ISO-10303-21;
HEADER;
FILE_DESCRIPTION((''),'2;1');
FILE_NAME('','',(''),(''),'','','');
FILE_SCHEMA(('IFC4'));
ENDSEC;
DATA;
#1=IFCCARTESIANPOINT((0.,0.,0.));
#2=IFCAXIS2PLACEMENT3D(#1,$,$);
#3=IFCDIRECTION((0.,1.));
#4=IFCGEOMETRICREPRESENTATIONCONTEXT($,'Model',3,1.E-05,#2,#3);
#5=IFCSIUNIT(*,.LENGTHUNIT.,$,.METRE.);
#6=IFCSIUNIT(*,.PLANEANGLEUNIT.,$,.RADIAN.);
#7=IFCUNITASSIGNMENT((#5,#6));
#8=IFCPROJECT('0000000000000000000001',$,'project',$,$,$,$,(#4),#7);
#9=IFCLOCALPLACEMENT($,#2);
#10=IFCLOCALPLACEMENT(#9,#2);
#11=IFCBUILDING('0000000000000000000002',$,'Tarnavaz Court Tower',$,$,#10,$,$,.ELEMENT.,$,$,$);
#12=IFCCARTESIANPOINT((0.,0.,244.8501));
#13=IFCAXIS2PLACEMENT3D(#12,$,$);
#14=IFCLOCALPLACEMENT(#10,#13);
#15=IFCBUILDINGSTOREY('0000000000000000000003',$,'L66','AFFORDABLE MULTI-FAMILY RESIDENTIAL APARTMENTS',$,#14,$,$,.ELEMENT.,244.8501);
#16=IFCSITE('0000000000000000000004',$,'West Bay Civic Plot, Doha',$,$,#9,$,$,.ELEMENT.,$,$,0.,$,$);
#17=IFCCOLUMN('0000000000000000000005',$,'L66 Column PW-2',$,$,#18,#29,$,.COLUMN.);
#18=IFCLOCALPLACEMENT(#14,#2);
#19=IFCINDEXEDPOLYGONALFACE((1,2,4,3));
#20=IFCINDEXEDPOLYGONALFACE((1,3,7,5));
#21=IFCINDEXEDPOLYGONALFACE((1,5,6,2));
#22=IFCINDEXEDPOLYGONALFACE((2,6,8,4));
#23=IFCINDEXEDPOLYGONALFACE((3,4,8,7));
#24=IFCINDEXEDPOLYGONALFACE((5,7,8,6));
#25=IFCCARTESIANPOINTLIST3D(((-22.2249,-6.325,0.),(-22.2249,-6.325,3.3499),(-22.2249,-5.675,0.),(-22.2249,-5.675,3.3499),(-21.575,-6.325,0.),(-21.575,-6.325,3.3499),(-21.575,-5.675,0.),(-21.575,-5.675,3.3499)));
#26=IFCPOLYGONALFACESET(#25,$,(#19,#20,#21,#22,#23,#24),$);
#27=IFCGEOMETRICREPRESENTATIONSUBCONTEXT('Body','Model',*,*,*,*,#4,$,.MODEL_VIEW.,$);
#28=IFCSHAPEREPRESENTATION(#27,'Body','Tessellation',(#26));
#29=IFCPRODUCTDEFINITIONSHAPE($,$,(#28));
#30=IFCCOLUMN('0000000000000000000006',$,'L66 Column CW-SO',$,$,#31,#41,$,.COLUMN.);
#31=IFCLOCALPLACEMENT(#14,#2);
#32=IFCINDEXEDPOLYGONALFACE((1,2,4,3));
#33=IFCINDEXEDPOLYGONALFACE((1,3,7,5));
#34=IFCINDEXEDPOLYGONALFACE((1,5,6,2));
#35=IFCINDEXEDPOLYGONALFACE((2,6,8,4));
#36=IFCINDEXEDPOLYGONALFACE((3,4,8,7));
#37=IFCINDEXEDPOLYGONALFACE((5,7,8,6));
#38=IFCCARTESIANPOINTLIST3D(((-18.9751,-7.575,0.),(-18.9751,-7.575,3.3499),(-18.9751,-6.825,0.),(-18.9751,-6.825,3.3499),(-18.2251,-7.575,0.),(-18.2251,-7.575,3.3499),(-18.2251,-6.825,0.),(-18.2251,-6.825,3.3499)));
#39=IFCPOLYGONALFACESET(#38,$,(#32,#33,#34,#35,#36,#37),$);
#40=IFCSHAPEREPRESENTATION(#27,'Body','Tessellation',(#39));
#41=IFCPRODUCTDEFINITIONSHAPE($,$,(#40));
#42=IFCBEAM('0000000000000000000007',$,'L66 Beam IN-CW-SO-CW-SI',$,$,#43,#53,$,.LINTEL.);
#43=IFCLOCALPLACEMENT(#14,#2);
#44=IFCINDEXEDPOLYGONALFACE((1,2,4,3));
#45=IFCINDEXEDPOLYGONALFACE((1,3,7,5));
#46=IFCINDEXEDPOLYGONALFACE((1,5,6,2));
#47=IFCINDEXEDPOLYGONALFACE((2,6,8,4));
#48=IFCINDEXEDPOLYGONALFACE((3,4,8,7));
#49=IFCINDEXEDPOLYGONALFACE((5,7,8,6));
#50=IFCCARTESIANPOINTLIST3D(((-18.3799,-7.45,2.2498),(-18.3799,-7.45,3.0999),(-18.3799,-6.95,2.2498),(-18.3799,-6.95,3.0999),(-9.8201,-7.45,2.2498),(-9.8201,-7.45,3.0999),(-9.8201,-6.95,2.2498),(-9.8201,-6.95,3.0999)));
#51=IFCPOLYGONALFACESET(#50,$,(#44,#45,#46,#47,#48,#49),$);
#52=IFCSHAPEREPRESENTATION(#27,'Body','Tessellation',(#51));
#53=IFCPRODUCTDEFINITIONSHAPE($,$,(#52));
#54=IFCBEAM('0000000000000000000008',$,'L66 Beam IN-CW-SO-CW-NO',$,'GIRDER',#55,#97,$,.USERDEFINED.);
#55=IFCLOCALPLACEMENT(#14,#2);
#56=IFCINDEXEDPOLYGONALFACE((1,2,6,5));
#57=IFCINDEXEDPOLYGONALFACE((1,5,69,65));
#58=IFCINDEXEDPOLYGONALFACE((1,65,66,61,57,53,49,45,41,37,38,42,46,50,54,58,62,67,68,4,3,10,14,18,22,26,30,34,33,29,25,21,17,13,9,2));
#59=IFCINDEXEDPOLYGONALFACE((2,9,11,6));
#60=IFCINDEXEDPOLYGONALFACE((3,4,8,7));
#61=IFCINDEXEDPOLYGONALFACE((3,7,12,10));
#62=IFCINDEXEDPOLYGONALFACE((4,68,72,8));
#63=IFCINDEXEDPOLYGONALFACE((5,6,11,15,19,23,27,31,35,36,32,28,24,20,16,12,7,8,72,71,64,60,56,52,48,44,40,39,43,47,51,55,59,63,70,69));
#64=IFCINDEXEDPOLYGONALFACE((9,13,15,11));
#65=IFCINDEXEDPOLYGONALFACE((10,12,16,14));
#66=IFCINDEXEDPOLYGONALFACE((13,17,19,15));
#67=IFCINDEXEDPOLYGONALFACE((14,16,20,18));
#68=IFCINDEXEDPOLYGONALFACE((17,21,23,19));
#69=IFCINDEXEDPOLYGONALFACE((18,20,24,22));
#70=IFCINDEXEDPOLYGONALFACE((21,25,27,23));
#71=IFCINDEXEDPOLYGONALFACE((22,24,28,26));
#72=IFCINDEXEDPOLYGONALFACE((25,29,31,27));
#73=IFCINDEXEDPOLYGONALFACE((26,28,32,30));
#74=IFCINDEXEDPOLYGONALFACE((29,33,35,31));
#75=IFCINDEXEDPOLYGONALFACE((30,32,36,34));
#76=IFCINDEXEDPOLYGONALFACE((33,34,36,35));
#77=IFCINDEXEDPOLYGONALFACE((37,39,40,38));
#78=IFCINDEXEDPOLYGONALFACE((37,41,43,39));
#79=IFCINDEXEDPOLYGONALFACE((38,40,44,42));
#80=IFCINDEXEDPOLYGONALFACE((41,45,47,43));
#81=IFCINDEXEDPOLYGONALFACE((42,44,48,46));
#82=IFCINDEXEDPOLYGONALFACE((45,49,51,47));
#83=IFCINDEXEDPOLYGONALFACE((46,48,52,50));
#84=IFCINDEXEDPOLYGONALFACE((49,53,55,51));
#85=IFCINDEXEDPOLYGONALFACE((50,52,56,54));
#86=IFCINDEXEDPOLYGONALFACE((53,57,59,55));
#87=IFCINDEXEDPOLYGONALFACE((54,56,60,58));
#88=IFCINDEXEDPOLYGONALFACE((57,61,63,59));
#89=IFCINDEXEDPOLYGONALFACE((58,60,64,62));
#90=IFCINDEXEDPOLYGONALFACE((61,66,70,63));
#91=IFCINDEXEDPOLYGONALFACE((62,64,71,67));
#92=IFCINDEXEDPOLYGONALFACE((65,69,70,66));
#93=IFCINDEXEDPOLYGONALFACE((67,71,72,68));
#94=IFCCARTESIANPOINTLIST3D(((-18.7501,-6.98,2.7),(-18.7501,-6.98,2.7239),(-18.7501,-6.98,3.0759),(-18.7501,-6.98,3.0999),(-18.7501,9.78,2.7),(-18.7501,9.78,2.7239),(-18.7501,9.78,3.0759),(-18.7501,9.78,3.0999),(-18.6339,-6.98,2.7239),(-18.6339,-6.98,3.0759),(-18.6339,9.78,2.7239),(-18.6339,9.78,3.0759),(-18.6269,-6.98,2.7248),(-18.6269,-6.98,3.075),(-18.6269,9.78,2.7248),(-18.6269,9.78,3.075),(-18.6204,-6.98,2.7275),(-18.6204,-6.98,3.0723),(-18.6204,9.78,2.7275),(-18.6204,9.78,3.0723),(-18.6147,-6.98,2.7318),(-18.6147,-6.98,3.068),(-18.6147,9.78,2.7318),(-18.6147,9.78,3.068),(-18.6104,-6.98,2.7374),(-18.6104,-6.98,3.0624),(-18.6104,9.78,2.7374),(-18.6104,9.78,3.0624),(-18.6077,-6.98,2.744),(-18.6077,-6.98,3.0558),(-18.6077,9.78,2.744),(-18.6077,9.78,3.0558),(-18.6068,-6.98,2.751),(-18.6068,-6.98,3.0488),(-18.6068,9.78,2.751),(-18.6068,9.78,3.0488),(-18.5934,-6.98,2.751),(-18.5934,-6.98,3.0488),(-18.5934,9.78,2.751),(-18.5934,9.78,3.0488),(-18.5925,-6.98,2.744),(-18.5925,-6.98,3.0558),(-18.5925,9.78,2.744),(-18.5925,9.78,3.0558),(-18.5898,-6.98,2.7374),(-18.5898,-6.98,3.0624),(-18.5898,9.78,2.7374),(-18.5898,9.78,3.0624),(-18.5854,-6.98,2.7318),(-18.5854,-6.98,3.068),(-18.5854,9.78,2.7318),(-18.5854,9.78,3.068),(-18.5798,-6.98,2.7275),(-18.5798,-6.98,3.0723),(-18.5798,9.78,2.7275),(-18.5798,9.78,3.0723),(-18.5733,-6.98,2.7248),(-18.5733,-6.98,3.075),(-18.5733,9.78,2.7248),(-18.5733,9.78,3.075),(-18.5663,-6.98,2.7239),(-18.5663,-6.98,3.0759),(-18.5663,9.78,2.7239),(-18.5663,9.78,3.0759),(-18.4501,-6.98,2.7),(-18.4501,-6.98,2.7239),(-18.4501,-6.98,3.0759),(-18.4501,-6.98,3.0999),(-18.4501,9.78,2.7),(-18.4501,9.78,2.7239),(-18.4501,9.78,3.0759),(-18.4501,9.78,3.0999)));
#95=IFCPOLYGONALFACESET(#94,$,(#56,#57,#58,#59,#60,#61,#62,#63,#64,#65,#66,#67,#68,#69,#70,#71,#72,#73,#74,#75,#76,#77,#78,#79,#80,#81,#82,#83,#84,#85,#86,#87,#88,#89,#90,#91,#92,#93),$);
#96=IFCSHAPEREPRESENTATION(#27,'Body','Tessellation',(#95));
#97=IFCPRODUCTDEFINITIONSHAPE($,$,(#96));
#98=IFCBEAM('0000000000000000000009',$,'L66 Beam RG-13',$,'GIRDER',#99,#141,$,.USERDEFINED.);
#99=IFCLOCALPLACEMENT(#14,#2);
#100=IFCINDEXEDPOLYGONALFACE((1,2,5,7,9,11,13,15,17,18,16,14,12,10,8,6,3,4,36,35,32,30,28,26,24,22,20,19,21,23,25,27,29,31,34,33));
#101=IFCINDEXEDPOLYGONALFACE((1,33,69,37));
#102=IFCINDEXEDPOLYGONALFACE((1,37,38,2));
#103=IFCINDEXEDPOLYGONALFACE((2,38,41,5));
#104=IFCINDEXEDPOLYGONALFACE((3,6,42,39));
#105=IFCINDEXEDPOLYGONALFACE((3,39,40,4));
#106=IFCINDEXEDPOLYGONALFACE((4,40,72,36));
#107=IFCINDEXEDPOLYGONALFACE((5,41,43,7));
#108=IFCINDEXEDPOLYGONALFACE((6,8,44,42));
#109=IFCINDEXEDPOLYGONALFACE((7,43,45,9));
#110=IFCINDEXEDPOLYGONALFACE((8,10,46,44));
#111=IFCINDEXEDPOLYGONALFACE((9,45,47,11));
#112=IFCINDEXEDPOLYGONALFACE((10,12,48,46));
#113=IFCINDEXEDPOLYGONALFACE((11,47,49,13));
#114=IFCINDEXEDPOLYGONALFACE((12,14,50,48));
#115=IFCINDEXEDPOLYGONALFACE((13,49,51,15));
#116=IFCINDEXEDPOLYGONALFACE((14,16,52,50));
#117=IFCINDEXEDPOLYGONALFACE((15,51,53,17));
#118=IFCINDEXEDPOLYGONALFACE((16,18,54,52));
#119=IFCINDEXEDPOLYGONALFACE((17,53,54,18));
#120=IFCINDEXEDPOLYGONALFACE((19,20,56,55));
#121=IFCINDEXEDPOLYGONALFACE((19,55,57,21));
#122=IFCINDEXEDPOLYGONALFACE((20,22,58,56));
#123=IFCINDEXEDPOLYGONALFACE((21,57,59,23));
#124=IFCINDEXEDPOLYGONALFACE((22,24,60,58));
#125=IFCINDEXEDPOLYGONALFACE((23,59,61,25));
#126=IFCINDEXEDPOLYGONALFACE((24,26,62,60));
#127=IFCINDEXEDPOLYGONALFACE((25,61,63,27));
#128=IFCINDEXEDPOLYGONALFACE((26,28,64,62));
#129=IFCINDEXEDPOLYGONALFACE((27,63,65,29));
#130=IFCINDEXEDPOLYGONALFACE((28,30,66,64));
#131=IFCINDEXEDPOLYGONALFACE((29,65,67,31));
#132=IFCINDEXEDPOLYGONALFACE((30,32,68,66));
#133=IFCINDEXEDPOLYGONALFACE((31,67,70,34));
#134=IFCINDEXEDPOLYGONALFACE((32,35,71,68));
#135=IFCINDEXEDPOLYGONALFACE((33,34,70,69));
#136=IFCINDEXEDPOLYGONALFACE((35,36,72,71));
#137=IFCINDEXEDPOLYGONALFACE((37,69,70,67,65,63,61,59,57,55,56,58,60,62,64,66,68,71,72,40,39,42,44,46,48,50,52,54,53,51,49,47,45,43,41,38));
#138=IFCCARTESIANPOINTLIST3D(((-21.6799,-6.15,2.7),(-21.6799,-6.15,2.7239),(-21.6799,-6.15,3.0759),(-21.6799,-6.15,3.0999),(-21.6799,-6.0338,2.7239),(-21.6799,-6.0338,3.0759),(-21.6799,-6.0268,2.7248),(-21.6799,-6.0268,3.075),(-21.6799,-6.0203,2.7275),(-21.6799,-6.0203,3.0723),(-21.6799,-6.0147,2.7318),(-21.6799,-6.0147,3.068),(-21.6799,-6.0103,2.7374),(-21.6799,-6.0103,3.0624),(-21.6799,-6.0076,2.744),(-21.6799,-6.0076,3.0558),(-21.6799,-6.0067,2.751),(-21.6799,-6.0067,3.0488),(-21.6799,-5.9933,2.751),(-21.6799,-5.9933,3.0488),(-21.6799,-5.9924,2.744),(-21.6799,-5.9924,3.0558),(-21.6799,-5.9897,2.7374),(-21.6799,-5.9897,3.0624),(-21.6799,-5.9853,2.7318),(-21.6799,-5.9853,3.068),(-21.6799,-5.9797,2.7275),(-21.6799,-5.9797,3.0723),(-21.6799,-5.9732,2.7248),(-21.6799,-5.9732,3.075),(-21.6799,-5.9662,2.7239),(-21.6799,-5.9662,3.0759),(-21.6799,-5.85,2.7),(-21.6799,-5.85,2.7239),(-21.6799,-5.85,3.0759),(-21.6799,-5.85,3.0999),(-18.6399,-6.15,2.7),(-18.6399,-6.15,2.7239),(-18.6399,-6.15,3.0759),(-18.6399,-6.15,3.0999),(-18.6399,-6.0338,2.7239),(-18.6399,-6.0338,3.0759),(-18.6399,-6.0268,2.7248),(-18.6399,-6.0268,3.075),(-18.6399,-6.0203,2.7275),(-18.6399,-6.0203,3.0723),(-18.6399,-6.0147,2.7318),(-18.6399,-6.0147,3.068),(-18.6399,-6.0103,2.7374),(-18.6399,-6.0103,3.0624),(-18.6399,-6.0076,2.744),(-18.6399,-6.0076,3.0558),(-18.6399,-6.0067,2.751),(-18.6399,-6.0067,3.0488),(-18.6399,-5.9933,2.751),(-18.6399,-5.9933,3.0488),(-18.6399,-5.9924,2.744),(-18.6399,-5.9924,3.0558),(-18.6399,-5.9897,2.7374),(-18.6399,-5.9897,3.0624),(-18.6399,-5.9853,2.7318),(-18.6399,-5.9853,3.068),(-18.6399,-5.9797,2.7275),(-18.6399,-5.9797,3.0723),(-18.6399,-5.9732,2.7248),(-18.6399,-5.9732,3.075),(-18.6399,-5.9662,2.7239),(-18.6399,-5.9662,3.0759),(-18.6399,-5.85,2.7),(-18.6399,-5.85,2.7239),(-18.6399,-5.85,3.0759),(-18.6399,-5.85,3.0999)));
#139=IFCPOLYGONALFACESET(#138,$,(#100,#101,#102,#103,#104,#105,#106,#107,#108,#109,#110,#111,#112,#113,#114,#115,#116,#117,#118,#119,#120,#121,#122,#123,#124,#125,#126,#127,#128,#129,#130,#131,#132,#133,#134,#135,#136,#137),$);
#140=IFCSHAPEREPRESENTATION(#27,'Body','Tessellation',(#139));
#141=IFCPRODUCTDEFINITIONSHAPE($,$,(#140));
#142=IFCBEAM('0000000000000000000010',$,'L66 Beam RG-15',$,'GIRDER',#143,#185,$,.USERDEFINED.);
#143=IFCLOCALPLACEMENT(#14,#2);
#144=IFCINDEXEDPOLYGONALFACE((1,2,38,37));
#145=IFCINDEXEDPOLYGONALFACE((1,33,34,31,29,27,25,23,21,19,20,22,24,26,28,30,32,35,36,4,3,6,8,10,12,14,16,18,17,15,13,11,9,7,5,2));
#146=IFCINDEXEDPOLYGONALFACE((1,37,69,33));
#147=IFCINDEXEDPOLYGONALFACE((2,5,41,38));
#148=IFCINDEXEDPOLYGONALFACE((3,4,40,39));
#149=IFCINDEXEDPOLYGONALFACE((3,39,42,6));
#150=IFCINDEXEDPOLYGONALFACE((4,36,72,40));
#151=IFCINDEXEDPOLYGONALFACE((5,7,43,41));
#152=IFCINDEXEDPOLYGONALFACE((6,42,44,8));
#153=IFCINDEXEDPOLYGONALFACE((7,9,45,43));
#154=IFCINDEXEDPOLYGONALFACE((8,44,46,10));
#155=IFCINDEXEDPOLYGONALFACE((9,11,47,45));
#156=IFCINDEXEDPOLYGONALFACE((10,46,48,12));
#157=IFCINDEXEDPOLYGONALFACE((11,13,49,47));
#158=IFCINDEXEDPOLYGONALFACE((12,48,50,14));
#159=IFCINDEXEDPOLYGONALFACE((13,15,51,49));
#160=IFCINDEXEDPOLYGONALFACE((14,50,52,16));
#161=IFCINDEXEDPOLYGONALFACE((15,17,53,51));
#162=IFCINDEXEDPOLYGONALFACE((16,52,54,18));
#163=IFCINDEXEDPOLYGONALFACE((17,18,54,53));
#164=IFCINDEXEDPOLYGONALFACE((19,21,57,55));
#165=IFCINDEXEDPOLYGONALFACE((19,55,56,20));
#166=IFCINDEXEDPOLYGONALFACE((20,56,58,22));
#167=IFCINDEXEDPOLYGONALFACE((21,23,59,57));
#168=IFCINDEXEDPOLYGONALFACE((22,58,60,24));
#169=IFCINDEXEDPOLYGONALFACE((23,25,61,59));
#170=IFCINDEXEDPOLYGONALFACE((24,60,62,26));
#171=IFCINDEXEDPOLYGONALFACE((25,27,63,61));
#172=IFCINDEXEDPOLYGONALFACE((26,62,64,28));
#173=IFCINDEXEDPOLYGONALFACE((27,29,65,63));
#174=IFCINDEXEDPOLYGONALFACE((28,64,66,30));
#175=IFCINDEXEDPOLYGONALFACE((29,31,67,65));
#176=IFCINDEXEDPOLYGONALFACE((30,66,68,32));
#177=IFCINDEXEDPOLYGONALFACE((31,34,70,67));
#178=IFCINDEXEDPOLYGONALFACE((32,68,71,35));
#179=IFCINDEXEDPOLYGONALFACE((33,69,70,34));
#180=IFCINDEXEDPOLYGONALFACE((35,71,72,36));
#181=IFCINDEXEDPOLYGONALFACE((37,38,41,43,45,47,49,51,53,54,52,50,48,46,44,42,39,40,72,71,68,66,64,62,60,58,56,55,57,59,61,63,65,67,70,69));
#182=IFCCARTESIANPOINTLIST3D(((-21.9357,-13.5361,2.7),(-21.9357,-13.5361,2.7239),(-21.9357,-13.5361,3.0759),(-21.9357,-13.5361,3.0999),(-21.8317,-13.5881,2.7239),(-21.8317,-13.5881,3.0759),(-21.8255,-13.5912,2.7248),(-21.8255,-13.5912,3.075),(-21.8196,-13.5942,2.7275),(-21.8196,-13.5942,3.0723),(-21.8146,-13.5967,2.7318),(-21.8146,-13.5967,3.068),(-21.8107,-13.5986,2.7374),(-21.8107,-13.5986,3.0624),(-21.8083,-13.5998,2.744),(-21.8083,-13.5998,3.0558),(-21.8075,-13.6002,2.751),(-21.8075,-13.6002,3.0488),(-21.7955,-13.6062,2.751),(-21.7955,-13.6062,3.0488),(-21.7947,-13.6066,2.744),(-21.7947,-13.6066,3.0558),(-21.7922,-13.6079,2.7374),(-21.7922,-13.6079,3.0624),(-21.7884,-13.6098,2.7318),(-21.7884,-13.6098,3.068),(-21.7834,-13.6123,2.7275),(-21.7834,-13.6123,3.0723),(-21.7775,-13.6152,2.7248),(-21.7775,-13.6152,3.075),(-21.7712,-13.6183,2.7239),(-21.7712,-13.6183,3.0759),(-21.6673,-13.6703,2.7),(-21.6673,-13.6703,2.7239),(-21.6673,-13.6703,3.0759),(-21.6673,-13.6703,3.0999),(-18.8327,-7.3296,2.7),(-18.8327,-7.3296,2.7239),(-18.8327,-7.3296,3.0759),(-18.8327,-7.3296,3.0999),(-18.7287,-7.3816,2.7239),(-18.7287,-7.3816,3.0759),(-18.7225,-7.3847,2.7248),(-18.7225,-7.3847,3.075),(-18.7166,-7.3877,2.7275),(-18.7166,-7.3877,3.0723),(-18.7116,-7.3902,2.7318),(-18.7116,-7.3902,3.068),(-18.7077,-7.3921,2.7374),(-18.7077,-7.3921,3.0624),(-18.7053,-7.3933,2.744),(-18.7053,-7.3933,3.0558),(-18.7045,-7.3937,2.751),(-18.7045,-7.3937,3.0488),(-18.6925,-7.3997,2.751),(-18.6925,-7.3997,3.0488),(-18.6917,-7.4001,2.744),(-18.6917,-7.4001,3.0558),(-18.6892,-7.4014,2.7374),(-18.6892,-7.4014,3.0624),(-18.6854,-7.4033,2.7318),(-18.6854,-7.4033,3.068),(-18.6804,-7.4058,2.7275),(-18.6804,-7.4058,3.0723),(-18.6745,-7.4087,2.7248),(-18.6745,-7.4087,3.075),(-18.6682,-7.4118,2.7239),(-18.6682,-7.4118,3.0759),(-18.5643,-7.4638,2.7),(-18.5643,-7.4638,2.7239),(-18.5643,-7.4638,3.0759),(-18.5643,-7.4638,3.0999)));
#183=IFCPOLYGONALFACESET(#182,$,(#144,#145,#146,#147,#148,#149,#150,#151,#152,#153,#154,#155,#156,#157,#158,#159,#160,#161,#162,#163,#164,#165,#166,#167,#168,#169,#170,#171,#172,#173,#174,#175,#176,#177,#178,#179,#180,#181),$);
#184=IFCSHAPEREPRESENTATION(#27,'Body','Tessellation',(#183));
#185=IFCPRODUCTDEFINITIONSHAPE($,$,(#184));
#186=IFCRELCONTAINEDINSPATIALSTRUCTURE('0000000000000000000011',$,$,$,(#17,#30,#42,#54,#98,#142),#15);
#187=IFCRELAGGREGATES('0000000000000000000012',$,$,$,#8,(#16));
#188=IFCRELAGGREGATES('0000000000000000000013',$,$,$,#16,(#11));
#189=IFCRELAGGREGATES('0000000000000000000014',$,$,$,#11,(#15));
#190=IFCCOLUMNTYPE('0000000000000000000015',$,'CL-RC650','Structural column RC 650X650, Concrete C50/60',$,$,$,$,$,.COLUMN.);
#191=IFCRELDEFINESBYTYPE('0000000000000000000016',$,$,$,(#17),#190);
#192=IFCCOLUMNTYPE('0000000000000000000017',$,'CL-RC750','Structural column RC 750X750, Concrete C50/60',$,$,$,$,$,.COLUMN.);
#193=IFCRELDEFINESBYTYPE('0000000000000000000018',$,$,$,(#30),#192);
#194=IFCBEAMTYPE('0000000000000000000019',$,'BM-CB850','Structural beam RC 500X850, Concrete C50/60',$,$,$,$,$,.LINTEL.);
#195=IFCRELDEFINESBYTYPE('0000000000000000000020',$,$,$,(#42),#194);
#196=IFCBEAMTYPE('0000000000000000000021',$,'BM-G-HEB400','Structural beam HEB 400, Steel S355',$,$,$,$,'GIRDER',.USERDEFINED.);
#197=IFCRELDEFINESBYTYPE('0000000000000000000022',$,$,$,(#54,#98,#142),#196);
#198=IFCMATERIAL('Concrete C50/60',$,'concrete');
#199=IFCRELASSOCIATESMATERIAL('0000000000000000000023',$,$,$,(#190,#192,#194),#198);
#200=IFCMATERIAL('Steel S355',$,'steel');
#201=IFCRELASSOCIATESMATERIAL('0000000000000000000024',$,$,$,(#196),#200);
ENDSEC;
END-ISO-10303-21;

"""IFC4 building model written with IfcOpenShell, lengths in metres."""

from ifc_helpers import new_model, si_unit, direction, frame, origin, origin_2d, place, context, subcontext, project, spatial, rectangle, i_section, extrude, material, material_profile, profile_set, type_object, element, save


model = new_model("IFC4")

# Units and contexts
model_context = context("Model", 3, precision=1e-05, world=origin(), true_north=direction((0.0, 1.0)))
body_context = subcontext(model_context, "Body", "Model", "MODEL_VIEW")
ifc_project = project(units=[si_unit("LENGTHUNIT", "METRE"), si_unit("PLANEANGLEUNIT", "RADIAN")], contexts=[model_context])

# Site, building, storey
site_placement = place(None, origin())
site = spatial("IfcSite", under=ifc_project, at=site_placement, Name="West Bay Civic Plot, Doha", CompositionType="ELEMENT", RefElevation=0.0)
building_placement = place(site_placement, origin())
building = spatial("IfcBuilding", under=site, at=building_placement, Name="Tarnavaz Court Tower", CompositionType="ELEMENT")
storey_placement = place(building_placement, frame((0.0, 0.0, 244.8501)))
storey = spatial("IfcBuildingStorey", under=building, at=storey_placement, Name="L66", Description="AFFORDABLE MULTI-FAMILY RESIDENTIAL APARTMENTS", CompositionType="ELEMENT", Elevation=244.8501)

# Columns
ifc_material_1 = material(Name="Concrete C50/60", Category="concrete")
ifc_material_profile_1 = material_profile(ifc_material_1, rectangle(XDim=0.6499, YDim=0.6499, at=origin_2d()), Name="RC 650X650")
ifc_profile_set_1 = profile_set([ifc_material_profile_1], Name="Concrete C50/60")
column_type_1 = type_object("IfcColumnType", Name="CL-RC650", Description="Structural column RC 650X650, Concrete C50/60", PredefinedType="COLUMN", material=ifc_profile_set_1)
column_1_placement = place(storey_placement, frame((-21.8999, -6.0, 0.0), z_axis=(0.0, 0.0, 1.0), x_axis=(1.0, 0.0, 0.0)))
element("IfcColumn", 1, at=column_1_placement, inside=storey, type_object=column_type_1, Name="L66 Column PW-2", PredefinedType="COLUMN", context=body_context, shape_type="SweptSolid", body=[
    extrude(rectangle(XDim=0.6499, YDim=0.6499, at=origin_2d()), origin(), (0.0, 0.0, 1.0), 3.3499),
])
ifc_material_profile_2 = material_profile(ifc_material_1, rectangle(XDim=0.75, YDim=0.75, at=origin_2d()), Name="RC 750X750")
ifc_profile_set_2 = profile_set([ifc_material_profile_2], Name="Concrete C50/60")
column_type_2 = type_object("IfcColumnType", Name="CL-RC750", Description="Structural column RC 750X750, Concrete C50/60", PredefinedType="COLUMN", material=ifc_profile_set_2)
column_2_placement = place(storey_placement, frame((-18.6001, -7.2, 0.0), z_axis=(0.0, 0.0, 1.0), x_axis=(1.0, 0.0, 0.0)))
element("IfcColumn", 2, at=column_2_placement, inside=storey, type_object=column_type_2, Name="L66 Column CW-SO", PredefinedType="COLUMN", context=body_context, shape_type="SweptSolid", body=[
    extrude(rectangle(XDim=0.75, YDim=0.75, at=origin_2d()), origin(), (0.0, 0.0, 1.0), 3.3499),
])

# Beams
ifc_material_profile_3 = material_profile(ifc_material_1, rectangle(XDim=0.5, YDim=0.8501, at=origin_2d()), Name="RC 500X850")
ifc_profile_set_3 = profile_set([ifc_material_profile_3], Name="Concrete C50/60")
beam_type_1 = type_object("IfcBeamType", Name="BM-CB850", Description="Structural beam RC 500X850, Concrete C50/60", PredefinedType="LINTEL", material=ifc_profile_set_3)
beam_1_placement = place(storey_placement, frame((-18.3799, -7.2, 2.6748), z_axis=(1.0, 0.0, 0.0), x_axis=(0.0, 1.0, 0.0)))
element("IfcBeam", 3, at=beam_1_placement, inside=storey, type_object=beam_type_1, Name="L66 Beam IN-CW-SO-CW-SI", PredefinedType="LINTEL", context=body_context, shape_type="SweptSolid", body=[
    extrude(rectangle(XDim=0.5, YDim=0.8501, at=origin_2d()), origin(), (0.0, 0.0, 1.0), 8.5598),
])
ifc_material_2 = material(Name="Steel S355", Category="steel")
ifc_material_profile_4 = material_profile(ifc_material_2, i_section(OverallWidth=0.3, OverallDepth=0.3999, WebThickness=0.0134, FlangeThickness=0.0239, FilletRadius=0.0271, at=origin_2d()), Name="HEB 400")
ifc_profile_set_4 = profile_set([ifc_material_profile_4], Name="Steel S355")
beam_type_2 = type_object("IfcBeamType", Name="BM-G-HEB400", Description="Structural beam HEB 400, Steel S355", ElementType="GIRDER", PredefinedType="USERDEFINED", material=ifc_profile_set_4)
beam_2_placement = place(storey_placement, frame((-18.6001, -6.98, 2.8999), z_axis=(0.0, 1.0, 0.0), x_axis=(-1.0, 0.0, 0.0)))
element("IfcBeam", 4, at=beam_2_placement, inside=storey, type_object=beam_type_2, Name="L66 Beam IN-CW-SO-CW-NO", ObjectType="GIRDER", PredefinedType="USERDEFINED", context=body_context, shape_type="SweptSolid", body=[
    extrude(i_section(OverallWidth=0.3, OverallDepth=0.3999, WebThickness=0.0134, FlangeThickness=0.0239, FilletRadius=0.0271, at=origin_2d()), origin(), (0.0, 0.0, 1.0), 16.76),
])
beam_3_placement = place(storey_placement, frame((-18.6399, -6.0, 2.8999), z_axis=(-1.0, 0.0, 0.0), x_axis=(0.0, -1.0, 0.0)))
element("IfcBeam", 5, at=beam_3_placement, inside=storey, type_object=beam_type_2, Name="L66 Beam RG-13", ObjectType="GIRDER", PredefinedType="USERDEFINED", context=body_context, shape_type="SweptSolid", body=[
    extrude(i_section(OverallWidth=0.3, OverallDepth=0.3999, WebThickness=0.0134, FlangeThickness=0.0239, FilletRadius=0.0271, at=origin_2d()), origin(), (0.0, 0.0, 1.0), 3.04),
])
beam_4_placement = place(storey_placement, frame((-18.6985, -7.3967, 2.8999), z_axis=(-0.447185, -0.894441, 0.0), x_axis=(0.894441, -0.447185, 0.0)))
element("IfcBeam", 6, at=beam_4_placement, inside=storey, type_object=beam_type_2, Name="L66 Beam RG-15", ObjectType="GIRDER", PredefinedType="USERDEFINED", context=body_context, shape_type="SweptSolid", body=[
    extrude(i_section(OverallWidth=0.3, OverallDepth=0.3999, WebThickness=0.0134, FlangeThickness=0.0239, FilletRadius=0.0271, at=origin_2d()), origin(), (0.0, 0.0, 1.0), 6.939),
])

save(model, "model.ifc")
